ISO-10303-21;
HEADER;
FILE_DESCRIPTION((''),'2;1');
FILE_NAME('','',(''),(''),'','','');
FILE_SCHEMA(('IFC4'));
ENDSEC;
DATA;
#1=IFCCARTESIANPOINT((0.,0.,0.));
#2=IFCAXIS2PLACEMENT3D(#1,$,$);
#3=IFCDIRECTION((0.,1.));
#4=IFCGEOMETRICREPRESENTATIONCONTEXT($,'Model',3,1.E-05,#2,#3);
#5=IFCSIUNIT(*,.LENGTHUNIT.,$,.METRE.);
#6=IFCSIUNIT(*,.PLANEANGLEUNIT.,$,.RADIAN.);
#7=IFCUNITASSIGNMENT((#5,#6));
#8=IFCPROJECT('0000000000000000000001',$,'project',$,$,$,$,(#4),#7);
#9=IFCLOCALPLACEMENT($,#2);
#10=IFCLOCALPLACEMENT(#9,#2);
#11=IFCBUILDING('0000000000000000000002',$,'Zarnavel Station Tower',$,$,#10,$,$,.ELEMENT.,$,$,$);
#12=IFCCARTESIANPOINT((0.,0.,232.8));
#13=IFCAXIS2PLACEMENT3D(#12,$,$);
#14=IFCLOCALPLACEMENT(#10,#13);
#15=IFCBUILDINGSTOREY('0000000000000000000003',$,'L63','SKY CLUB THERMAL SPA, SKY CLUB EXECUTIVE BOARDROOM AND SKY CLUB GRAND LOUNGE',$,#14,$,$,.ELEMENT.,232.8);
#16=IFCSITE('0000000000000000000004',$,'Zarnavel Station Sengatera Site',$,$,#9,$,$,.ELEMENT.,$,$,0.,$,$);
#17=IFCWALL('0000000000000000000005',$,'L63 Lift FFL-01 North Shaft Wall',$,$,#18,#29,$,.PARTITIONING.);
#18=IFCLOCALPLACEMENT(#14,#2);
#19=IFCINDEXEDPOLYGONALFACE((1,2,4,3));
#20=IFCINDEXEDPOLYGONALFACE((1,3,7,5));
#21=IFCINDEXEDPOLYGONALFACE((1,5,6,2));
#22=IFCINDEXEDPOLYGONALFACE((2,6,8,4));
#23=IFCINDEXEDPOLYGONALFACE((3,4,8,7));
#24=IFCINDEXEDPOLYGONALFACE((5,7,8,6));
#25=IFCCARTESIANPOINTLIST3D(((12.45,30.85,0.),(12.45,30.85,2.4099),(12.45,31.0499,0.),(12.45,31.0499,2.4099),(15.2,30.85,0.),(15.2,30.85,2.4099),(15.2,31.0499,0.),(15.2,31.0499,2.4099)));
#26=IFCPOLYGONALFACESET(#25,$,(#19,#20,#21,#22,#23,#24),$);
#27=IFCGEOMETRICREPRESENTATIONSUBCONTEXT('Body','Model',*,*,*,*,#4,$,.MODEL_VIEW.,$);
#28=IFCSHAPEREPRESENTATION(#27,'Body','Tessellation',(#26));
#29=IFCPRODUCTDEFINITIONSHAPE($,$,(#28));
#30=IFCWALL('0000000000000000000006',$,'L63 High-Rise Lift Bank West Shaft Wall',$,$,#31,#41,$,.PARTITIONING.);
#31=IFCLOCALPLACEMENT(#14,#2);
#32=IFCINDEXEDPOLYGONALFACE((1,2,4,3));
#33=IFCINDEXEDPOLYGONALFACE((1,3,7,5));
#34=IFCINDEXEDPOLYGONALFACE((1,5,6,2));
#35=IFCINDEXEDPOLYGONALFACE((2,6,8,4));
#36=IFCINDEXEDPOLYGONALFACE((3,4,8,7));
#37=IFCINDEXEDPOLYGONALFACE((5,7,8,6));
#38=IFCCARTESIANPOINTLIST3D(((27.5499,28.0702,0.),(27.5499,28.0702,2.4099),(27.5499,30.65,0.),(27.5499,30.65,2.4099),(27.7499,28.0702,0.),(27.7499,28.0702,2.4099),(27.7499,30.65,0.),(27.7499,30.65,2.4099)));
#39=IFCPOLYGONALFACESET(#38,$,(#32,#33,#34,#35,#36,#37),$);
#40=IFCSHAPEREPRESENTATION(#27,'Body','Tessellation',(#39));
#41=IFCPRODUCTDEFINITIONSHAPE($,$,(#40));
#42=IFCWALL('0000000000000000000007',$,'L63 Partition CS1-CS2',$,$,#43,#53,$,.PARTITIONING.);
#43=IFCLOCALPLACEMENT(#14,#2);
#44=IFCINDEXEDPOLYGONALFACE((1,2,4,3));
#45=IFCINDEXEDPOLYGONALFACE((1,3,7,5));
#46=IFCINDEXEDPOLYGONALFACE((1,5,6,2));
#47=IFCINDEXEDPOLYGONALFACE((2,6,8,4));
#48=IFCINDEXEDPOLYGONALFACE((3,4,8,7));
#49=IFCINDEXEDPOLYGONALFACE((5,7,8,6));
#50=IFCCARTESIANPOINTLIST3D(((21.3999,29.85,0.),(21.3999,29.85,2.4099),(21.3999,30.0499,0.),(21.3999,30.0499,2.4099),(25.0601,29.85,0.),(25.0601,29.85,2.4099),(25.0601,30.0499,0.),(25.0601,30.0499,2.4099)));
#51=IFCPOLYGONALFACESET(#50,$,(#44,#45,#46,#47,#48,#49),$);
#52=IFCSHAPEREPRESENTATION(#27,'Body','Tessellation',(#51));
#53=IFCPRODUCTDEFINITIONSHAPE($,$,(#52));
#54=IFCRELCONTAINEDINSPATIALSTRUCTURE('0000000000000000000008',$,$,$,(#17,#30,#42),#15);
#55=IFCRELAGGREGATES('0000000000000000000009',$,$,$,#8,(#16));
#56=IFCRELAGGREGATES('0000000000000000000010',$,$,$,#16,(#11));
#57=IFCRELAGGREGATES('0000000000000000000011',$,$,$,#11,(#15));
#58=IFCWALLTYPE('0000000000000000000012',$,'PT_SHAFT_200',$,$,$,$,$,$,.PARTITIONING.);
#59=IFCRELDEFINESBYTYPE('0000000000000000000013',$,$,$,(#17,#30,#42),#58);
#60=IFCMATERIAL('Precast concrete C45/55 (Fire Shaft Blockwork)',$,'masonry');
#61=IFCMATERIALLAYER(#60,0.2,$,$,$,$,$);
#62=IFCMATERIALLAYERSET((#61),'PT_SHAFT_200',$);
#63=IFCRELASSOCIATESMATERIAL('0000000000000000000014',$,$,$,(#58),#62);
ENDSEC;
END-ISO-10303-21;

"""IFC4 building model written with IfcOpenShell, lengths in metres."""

from ifc_helpers import new_model, si_unit, direction, frame, frame_2d, origin, place, context, subcontext, project, spatial, rectangle, extrude, material, layer, layer_set, type_object, element, save


model = new_model("IFC4")

# Units and contexts
model_context = context("Model", 3, precision=1e-05, world=origin(), true_north=direction((0.0, 1.0)))
body_context = subcontext(model_context, "Body", "Model", "MODEL_VIEW")
ifc_project = project(units=[si_unit("LENGTHUNIT", "METRE"), si_unit("PLANEANGLEUNIT", "RADIAN")], contexts=[model_context])

# Site, building, storey
site_placement = place(None, origin())
site = spatial("IfcSite", under=ifc_project, at=site_placement, Name="Zarnavel Station Sengatera Site", CompositionType="ELEMENT", RefElevation=0.0)
building_placement = place(site_placement, origin())
building = spatial("IfcBuilding", under=site, at=building_placement, Name="Zarnavel Station Tower", CompositionType="ELEMENT")
storey_placement = place(building_placement, frame((0.0, 0.0, 232.8)))
storey = spatial("IfcBuildingStorey", under=building, at=storey_placement, Name="L63", Description="SKY CLUB THERMAL SPA, SKY CLUB EXECUTIVE BOARDROOM AND SKY CLUB GRAND LOUNGE", CompositionType="ELEMENT", Elevation=232.8)

# Shared definitions
ifc_material_1 = material(Name="Precast concrete C45/55 (Fire Shaft Blockwork)", Category="masonry")
ifc_layer_1 = layer(ifc_material_1, 0.2)
ifc_layer_set_1 = layer_set([ifc_layer_1], Name="PT_SHAFT_200")
wall_type_1 = type_object("IfcWallType", Name="PT_SHAFT_200", PredefinedType="PARTITIONING", material=ifc_layer_set_1)

# Wall
wall_1_placement = place(storey_placement, frame((12.45, 30.95, 0.0), z_axis=(0.0, 0.0, 1.0), x_axis=(1.0, 0.0, 0.0)))
element("IfcWall", 1, at=wall_1_placement, inside=storey, type_object=wall_type_1, Name="L63 Lift FFL-01 North Shaft Wall", PredefinedType="PARTITIONING", context=body_context, shape_type="SweptSolid", body=[
    extrude(rectangle(XDim=2.75, YDim=0.2, at=frame_2d((1.375, 0.0))), origin(), (0.0, 0.0, 1.0), 2.4099),
])

# Wall
wall_2_placement = place(storey_placement, frame((27.6499, 28.0701, 0.0), z_axis=(0.0, 0.0, 1.0), x_axis=(0.0, 1.0, 0.0)))
element("IfcWall", 2, at=wall_2_placement, inside=storey, type_object=wall_type_1, Name="L63 High-Rise Lift Bank West Shaft Wall", PredefinedType="PARTITIONING", context=body_context, shape_type="SweptSolid", body=[
    extrude(rectangle(XDim=2.5798, YDim=0.2, at=frame_2d((1.29, 0.0))), origin(), (0.0, 0.0, 1.0), 2.4099),
])

# Wall
wall_3_placement = place(storey_placement, frame((21.3999, 29.95, 0.0), z_axis=(0.0, 0.0, 1.0), x_axis=(1.0, 0.0, 0.0)))
element("IfcWall", 3, at=wall_3_placement, inside=storey, type_object=wall_type_1, Name="L63 Partition CS1-CS2", PredefinedType="PARTITIONING", context=body_context, shape_type="SweptSolid", body=[
    extrude(rectangle(XDim=3.6602, YDim=0.2, at=frame_2d((1.8301, 0.0))), origin(), (0.0, 0.0, 1.0), 2.4099),
])

save(model, "model.ifc")
